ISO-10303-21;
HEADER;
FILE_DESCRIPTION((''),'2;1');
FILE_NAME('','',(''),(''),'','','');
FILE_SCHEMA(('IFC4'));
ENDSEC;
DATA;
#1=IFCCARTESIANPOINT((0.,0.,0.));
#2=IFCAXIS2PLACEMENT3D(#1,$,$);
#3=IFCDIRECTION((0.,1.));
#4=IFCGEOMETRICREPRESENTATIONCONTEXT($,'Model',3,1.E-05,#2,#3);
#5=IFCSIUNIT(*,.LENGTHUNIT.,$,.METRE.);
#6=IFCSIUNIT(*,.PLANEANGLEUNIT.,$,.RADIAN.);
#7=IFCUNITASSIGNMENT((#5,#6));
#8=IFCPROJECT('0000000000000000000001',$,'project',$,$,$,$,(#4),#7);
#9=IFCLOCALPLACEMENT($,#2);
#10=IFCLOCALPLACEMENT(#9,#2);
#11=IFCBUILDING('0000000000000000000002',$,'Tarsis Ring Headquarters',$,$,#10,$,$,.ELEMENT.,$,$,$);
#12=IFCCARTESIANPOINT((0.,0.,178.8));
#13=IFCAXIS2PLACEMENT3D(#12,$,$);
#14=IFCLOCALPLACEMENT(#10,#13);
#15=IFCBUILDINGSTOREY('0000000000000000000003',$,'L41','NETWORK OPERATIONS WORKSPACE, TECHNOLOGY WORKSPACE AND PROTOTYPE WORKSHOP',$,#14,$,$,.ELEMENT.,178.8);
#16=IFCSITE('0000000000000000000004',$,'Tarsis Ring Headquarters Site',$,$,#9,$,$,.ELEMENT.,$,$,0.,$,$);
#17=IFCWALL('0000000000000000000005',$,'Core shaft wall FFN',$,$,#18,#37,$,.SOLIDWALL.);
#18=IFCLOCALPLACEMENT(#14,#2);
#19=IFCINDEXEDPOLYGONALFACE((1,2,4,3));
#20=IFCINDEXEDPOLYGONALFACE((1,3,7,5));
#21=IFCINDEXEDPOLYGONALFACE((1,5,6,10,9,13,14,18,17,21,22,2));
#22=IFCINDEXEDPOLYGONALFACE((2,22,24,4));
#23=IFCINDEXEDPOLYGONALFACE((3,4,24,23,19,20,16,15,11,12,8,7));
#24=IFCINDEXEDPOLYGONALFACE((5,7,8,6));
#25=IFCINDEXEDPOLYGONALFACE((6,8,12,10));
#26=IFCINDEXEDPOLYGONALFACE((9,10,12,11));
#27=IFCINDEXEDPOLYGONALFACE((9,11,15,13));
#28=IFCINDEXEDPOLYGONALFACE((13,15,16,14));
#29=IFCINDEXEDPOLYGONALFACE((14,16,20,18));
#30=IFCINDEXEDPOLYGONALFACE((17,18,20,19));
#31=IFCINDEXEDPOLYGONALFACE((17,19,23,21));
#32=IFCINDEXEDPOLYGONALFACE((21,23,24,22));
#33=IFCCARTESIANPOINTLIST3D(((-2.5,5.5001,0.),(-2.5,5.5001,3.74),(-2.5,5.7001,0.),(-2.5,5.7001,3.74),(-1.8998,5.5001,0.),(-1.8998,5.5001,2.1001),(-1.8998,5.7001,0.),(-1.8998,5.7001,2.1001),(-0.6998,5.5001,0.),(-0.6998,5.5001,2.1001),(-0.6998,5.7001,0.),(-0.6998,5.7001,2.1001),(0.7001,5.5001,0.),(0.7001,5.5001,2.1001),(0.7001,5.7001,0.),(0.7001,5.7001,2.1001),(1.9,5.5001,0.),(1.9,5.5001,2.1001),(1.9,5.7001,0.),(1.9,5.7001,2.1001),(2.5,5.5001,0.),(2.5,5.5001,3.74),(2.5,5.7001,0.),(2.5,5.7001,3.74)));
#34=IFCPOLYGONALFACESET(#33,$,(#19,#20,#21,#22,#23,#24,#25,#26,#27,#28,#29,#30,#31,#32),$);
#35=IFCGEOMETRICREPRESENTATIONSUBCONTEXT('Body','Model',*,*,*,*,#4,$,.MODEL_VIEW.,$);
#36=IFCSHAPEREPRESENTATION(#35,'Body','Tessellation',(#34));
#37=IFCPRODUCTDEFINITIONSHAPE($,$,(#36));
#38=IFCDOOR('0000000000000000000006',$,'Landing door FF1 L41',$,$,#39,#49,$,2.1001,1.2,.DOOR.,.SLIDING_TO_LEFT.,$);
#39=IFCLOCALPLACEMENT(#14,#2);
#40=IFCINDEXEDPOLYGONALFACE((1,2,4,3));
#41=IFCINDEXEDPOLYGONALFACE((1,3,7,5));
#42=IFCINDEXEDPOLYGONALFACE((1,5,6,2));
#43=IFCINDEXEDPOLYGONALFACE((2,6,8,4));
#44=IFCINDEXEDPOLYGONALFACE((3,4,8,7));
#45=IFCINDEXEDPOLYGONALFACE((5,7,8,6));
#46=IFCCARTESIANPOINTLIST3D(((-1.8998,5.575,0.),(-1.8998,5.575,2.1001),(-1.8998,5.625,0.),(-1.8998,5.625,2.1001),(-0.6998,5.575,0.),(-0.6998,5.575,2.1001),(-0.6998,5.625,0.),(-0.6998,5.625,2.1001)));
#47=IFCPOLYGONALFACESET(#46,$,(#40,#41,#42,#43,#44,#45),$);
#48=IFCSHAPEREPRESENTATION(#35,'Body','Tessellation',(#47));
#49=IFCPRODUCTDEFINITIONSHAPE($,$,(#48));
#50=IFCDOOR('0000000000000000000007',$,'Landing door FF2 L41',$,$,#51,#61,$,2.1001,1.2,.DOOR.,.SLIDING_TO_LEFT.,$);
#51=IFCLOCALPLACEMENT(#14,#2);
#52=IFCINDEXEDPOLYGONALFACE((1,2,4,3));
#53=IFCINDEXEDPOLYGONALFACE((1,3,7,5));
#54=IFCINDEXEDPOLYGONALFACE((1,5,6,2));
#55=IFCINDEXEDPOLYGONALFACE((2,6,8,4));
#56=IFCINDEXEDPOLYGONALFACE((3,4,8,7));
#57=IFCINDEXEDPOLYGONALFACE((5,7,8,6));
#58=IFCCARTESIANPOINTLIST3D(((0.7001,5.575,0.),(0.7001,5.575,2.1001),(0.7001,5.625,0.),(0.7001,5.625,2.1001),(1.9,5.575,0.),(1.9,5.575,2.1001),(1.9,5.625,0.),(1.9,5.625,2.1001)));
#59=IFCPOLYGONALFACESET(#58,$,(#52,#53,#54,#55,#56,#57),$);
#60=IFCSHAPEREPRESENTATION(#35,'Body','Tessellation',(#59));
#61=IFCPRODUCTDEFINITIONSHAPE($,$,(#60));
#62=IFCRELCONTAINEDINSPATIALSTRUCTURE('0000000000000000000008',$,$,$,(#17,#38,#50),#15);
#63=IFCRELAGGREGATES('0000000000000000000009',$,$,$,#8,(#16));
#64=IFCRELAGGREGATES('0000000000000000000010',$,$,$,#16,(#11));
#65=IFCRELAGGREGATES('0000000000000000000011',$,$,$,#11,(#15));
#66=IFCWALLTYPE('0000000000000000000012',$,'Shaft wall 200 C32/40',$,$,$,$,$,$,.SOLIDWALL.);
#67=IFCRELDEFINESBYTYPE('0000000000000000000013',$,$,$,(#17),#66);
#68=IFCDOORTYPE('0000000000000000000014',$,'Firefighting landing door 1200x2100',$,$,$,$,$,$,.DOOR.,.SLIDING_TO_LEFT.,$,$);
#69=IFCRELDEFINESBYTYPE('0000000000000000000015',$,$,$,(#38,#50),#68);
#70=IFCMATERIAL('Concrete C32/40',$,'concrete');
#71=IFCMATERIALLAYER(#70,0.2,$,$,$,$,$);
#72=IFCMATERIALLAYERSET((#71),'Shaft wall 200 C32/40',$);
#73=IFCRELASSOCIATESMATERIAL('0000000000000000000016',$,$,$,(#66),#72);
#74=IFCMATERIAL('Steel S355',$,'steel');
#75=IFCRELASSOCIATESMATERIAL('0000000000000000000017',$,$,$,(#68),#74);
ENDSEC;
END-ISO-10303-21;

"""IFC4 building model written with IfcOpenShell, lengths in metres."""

from ifc_helpers import new_model, si_unit, direction, frame, frame_2d, origin, place, context, subcontext, project, spatial, rectangle, extrude, material, layer, layer_set, type_object, element, fill, save


model = new_model("IFC4")

# Units and contexts
model_context = context("Model", 3, precision=1e-05, world=origin(), true_north=direction((0.0, 1.0)))
body_context = subcontext(model_context, "Body", "Model", "MODEL_VIEW")
ifc_project = project(units=[si_unit("LENGTHUNIT", "METRE"), si_unit("PLANEANGLEUNIT", "RADIAN")], contexts=[model_context])

# Site, building, storey
site_placement = place(None, origin())
site = spatial("IfcSite", under=ifc_project, at=site_placement, Name="Tarsis Ring Headquarters Site", CompositionType="ELEMENT", RefElevation=0.0)
building_placement = place(site_placement, origin())
building = spatial("IfcBuilding", under=site, at=building_placement, Name="Tarsis Ring Headquarters", CompositionType="ELEMENT")
storey_placement = place(building_placement, frame((0.0, 0.0, 178.8)))
storey = spatial("IfcBuildingStorey", under=building, at=storey_placement, Name="L41", Description="NETWORK OPERATIONS WORKSPACE, TECHNOLOGY WORKSPACE AND PROTOTYPE WORKSHOP", CompositionType="ELEMENT", Elevation=178.8)

# Shared definitions
ifc_material_1 = material(Name="Concrete C32/40", Category="concrete")
ifc_layer_1 = layer(ifc_material_1, 0.2)
ifc_layer_set_1 = layer_set([ifc_layer_1], Name="Shaft wall 200 C32/40")
wall_type_1 = type_object("IfcWallType", Name="Shaft wall 200 C32/40", PredefinedType="SOLIDWALL", material=ifc_layer_set_1)

# Shared definitions
ifc_material_2 = material(Name="Steel S355", Category="steel")

# Wall, openings, doors
wall_1_placement = place(storey_placement, frame((-2.5, 5.6001, 0.0), z_axis=(0.0, 0.0, 1.0), x_axis=(1.0, 0.0, 0.0)))
wall_1 = element("IfcWall", 1, at=wall_1_placement, inside=storey, type_object=wall_type_1, Name="Core shaft wall FFN", PredefinedType="SOLIDWALL", context=body_context, shape_type="SweptSolid", body=[
    extrude(rectangle(XDim=5.0, YDim=0.2, at=frame_2d((2.5, 0.0))), origin(), (0.0, 0.0, 1.0), 3.74),
])
opening_1_placement = place(wall_1_placement, frame((0.6001, 0.0, 0.0)))
opening_1 = element("IfcOpeningElement", 2, at=opening_1_placement, cuts=wall_1, PredefinedType="OPENING", context=body_context, shape_type="SweptSolid", body=[
    extrude(rectangle(XDim=1.2, YDim=2.1001, at=frame_2d((0.6001, 1.05))), frame((0.0, 0.1099, 0.0), z_axis=(0.0, -1.0, 0.0), x_axis=(1.0, 0.0, 0.0)), (0.0, 0.0, 1.0), 0.22),
])
opening_2_placement = place(wall_1_placement, frame((3.2, 0.0, 0.0)))
opening_2 = element("IfcOpeningElement", 3, at=opening_2_placement, cuts=wall_1, PredefinedType="OPENING", context=body_context, shape_type="SweptSolid", body=[
    extrude(rectangle(XDim=1.2, YDim=2.1001, at=frame_2d((0.6001, 1.05))), frame((0.0, 0.1099, 0.0), z_axis=(0.0, -1.0, 0.0), x_axis=(1.0, 0.0, 0.0)), (0.0, 0.0, 1.0), 0.22),
])
door_type_1 = type_object("IfcDoorType", Name="Firefighting landing door 1200x2100", OperationType="SLIDING_TO_LEFT", PredefinedType="DOOR", material=ifc_material_2)
door_1_placement = place(opening_1_placement, origin())
door_1 = element("IfcDoor", 4, at=door_1_placement, inside=storey, type_object=door_type_1, Name="Landing door FF1 L41", OperationType="SLIDING_TO_LEFT", OverallHeight=2.1001, OverallWidth=1.2, PredefinedType="DOOR", context=body_context, shape_type="SweptSolid", body=[
    extrude(rectangle(XDim=1.2, YDim=2.1001, at=frame_2d((0.6001, 1.05))), frame((0.0, 0.0249, 0.0), z_axis=(0.0, -1.0, 0.0), x_axis=(1.0, 0.0, 0.0)), (0.0, 0.0, 1.0), 0.05),
])
fill(opening_1, door_1)
door_2_placement = place(opening_2_placement, origin())
door_2 = element("IfcDoor", 5, at=door_2_placement, inside=storey, type_object=door_type_1, Name="Landing door FF2 L41", OperationType="SLIDING_TO_LEFT", OverallHeight=2.1001, OverallWidth=1.2, PredefinedType="DOOR", context=body_context, shape_type="SweptSolid", body=[
    extrude(rectangle(XDim=1.2, YDim=2.1001, at=frame_2d((0.6001, 1.05))), frame((0.0, 0.0249, 0.0), z_axis=(0.0, -1.0, 0.0), x_axis=(1.0, 0.0, 0.0)), (0.0, 0.0, 1.0), 0.05),
])
fill(opening_2, door_2)

save(model, "model.ifc")
